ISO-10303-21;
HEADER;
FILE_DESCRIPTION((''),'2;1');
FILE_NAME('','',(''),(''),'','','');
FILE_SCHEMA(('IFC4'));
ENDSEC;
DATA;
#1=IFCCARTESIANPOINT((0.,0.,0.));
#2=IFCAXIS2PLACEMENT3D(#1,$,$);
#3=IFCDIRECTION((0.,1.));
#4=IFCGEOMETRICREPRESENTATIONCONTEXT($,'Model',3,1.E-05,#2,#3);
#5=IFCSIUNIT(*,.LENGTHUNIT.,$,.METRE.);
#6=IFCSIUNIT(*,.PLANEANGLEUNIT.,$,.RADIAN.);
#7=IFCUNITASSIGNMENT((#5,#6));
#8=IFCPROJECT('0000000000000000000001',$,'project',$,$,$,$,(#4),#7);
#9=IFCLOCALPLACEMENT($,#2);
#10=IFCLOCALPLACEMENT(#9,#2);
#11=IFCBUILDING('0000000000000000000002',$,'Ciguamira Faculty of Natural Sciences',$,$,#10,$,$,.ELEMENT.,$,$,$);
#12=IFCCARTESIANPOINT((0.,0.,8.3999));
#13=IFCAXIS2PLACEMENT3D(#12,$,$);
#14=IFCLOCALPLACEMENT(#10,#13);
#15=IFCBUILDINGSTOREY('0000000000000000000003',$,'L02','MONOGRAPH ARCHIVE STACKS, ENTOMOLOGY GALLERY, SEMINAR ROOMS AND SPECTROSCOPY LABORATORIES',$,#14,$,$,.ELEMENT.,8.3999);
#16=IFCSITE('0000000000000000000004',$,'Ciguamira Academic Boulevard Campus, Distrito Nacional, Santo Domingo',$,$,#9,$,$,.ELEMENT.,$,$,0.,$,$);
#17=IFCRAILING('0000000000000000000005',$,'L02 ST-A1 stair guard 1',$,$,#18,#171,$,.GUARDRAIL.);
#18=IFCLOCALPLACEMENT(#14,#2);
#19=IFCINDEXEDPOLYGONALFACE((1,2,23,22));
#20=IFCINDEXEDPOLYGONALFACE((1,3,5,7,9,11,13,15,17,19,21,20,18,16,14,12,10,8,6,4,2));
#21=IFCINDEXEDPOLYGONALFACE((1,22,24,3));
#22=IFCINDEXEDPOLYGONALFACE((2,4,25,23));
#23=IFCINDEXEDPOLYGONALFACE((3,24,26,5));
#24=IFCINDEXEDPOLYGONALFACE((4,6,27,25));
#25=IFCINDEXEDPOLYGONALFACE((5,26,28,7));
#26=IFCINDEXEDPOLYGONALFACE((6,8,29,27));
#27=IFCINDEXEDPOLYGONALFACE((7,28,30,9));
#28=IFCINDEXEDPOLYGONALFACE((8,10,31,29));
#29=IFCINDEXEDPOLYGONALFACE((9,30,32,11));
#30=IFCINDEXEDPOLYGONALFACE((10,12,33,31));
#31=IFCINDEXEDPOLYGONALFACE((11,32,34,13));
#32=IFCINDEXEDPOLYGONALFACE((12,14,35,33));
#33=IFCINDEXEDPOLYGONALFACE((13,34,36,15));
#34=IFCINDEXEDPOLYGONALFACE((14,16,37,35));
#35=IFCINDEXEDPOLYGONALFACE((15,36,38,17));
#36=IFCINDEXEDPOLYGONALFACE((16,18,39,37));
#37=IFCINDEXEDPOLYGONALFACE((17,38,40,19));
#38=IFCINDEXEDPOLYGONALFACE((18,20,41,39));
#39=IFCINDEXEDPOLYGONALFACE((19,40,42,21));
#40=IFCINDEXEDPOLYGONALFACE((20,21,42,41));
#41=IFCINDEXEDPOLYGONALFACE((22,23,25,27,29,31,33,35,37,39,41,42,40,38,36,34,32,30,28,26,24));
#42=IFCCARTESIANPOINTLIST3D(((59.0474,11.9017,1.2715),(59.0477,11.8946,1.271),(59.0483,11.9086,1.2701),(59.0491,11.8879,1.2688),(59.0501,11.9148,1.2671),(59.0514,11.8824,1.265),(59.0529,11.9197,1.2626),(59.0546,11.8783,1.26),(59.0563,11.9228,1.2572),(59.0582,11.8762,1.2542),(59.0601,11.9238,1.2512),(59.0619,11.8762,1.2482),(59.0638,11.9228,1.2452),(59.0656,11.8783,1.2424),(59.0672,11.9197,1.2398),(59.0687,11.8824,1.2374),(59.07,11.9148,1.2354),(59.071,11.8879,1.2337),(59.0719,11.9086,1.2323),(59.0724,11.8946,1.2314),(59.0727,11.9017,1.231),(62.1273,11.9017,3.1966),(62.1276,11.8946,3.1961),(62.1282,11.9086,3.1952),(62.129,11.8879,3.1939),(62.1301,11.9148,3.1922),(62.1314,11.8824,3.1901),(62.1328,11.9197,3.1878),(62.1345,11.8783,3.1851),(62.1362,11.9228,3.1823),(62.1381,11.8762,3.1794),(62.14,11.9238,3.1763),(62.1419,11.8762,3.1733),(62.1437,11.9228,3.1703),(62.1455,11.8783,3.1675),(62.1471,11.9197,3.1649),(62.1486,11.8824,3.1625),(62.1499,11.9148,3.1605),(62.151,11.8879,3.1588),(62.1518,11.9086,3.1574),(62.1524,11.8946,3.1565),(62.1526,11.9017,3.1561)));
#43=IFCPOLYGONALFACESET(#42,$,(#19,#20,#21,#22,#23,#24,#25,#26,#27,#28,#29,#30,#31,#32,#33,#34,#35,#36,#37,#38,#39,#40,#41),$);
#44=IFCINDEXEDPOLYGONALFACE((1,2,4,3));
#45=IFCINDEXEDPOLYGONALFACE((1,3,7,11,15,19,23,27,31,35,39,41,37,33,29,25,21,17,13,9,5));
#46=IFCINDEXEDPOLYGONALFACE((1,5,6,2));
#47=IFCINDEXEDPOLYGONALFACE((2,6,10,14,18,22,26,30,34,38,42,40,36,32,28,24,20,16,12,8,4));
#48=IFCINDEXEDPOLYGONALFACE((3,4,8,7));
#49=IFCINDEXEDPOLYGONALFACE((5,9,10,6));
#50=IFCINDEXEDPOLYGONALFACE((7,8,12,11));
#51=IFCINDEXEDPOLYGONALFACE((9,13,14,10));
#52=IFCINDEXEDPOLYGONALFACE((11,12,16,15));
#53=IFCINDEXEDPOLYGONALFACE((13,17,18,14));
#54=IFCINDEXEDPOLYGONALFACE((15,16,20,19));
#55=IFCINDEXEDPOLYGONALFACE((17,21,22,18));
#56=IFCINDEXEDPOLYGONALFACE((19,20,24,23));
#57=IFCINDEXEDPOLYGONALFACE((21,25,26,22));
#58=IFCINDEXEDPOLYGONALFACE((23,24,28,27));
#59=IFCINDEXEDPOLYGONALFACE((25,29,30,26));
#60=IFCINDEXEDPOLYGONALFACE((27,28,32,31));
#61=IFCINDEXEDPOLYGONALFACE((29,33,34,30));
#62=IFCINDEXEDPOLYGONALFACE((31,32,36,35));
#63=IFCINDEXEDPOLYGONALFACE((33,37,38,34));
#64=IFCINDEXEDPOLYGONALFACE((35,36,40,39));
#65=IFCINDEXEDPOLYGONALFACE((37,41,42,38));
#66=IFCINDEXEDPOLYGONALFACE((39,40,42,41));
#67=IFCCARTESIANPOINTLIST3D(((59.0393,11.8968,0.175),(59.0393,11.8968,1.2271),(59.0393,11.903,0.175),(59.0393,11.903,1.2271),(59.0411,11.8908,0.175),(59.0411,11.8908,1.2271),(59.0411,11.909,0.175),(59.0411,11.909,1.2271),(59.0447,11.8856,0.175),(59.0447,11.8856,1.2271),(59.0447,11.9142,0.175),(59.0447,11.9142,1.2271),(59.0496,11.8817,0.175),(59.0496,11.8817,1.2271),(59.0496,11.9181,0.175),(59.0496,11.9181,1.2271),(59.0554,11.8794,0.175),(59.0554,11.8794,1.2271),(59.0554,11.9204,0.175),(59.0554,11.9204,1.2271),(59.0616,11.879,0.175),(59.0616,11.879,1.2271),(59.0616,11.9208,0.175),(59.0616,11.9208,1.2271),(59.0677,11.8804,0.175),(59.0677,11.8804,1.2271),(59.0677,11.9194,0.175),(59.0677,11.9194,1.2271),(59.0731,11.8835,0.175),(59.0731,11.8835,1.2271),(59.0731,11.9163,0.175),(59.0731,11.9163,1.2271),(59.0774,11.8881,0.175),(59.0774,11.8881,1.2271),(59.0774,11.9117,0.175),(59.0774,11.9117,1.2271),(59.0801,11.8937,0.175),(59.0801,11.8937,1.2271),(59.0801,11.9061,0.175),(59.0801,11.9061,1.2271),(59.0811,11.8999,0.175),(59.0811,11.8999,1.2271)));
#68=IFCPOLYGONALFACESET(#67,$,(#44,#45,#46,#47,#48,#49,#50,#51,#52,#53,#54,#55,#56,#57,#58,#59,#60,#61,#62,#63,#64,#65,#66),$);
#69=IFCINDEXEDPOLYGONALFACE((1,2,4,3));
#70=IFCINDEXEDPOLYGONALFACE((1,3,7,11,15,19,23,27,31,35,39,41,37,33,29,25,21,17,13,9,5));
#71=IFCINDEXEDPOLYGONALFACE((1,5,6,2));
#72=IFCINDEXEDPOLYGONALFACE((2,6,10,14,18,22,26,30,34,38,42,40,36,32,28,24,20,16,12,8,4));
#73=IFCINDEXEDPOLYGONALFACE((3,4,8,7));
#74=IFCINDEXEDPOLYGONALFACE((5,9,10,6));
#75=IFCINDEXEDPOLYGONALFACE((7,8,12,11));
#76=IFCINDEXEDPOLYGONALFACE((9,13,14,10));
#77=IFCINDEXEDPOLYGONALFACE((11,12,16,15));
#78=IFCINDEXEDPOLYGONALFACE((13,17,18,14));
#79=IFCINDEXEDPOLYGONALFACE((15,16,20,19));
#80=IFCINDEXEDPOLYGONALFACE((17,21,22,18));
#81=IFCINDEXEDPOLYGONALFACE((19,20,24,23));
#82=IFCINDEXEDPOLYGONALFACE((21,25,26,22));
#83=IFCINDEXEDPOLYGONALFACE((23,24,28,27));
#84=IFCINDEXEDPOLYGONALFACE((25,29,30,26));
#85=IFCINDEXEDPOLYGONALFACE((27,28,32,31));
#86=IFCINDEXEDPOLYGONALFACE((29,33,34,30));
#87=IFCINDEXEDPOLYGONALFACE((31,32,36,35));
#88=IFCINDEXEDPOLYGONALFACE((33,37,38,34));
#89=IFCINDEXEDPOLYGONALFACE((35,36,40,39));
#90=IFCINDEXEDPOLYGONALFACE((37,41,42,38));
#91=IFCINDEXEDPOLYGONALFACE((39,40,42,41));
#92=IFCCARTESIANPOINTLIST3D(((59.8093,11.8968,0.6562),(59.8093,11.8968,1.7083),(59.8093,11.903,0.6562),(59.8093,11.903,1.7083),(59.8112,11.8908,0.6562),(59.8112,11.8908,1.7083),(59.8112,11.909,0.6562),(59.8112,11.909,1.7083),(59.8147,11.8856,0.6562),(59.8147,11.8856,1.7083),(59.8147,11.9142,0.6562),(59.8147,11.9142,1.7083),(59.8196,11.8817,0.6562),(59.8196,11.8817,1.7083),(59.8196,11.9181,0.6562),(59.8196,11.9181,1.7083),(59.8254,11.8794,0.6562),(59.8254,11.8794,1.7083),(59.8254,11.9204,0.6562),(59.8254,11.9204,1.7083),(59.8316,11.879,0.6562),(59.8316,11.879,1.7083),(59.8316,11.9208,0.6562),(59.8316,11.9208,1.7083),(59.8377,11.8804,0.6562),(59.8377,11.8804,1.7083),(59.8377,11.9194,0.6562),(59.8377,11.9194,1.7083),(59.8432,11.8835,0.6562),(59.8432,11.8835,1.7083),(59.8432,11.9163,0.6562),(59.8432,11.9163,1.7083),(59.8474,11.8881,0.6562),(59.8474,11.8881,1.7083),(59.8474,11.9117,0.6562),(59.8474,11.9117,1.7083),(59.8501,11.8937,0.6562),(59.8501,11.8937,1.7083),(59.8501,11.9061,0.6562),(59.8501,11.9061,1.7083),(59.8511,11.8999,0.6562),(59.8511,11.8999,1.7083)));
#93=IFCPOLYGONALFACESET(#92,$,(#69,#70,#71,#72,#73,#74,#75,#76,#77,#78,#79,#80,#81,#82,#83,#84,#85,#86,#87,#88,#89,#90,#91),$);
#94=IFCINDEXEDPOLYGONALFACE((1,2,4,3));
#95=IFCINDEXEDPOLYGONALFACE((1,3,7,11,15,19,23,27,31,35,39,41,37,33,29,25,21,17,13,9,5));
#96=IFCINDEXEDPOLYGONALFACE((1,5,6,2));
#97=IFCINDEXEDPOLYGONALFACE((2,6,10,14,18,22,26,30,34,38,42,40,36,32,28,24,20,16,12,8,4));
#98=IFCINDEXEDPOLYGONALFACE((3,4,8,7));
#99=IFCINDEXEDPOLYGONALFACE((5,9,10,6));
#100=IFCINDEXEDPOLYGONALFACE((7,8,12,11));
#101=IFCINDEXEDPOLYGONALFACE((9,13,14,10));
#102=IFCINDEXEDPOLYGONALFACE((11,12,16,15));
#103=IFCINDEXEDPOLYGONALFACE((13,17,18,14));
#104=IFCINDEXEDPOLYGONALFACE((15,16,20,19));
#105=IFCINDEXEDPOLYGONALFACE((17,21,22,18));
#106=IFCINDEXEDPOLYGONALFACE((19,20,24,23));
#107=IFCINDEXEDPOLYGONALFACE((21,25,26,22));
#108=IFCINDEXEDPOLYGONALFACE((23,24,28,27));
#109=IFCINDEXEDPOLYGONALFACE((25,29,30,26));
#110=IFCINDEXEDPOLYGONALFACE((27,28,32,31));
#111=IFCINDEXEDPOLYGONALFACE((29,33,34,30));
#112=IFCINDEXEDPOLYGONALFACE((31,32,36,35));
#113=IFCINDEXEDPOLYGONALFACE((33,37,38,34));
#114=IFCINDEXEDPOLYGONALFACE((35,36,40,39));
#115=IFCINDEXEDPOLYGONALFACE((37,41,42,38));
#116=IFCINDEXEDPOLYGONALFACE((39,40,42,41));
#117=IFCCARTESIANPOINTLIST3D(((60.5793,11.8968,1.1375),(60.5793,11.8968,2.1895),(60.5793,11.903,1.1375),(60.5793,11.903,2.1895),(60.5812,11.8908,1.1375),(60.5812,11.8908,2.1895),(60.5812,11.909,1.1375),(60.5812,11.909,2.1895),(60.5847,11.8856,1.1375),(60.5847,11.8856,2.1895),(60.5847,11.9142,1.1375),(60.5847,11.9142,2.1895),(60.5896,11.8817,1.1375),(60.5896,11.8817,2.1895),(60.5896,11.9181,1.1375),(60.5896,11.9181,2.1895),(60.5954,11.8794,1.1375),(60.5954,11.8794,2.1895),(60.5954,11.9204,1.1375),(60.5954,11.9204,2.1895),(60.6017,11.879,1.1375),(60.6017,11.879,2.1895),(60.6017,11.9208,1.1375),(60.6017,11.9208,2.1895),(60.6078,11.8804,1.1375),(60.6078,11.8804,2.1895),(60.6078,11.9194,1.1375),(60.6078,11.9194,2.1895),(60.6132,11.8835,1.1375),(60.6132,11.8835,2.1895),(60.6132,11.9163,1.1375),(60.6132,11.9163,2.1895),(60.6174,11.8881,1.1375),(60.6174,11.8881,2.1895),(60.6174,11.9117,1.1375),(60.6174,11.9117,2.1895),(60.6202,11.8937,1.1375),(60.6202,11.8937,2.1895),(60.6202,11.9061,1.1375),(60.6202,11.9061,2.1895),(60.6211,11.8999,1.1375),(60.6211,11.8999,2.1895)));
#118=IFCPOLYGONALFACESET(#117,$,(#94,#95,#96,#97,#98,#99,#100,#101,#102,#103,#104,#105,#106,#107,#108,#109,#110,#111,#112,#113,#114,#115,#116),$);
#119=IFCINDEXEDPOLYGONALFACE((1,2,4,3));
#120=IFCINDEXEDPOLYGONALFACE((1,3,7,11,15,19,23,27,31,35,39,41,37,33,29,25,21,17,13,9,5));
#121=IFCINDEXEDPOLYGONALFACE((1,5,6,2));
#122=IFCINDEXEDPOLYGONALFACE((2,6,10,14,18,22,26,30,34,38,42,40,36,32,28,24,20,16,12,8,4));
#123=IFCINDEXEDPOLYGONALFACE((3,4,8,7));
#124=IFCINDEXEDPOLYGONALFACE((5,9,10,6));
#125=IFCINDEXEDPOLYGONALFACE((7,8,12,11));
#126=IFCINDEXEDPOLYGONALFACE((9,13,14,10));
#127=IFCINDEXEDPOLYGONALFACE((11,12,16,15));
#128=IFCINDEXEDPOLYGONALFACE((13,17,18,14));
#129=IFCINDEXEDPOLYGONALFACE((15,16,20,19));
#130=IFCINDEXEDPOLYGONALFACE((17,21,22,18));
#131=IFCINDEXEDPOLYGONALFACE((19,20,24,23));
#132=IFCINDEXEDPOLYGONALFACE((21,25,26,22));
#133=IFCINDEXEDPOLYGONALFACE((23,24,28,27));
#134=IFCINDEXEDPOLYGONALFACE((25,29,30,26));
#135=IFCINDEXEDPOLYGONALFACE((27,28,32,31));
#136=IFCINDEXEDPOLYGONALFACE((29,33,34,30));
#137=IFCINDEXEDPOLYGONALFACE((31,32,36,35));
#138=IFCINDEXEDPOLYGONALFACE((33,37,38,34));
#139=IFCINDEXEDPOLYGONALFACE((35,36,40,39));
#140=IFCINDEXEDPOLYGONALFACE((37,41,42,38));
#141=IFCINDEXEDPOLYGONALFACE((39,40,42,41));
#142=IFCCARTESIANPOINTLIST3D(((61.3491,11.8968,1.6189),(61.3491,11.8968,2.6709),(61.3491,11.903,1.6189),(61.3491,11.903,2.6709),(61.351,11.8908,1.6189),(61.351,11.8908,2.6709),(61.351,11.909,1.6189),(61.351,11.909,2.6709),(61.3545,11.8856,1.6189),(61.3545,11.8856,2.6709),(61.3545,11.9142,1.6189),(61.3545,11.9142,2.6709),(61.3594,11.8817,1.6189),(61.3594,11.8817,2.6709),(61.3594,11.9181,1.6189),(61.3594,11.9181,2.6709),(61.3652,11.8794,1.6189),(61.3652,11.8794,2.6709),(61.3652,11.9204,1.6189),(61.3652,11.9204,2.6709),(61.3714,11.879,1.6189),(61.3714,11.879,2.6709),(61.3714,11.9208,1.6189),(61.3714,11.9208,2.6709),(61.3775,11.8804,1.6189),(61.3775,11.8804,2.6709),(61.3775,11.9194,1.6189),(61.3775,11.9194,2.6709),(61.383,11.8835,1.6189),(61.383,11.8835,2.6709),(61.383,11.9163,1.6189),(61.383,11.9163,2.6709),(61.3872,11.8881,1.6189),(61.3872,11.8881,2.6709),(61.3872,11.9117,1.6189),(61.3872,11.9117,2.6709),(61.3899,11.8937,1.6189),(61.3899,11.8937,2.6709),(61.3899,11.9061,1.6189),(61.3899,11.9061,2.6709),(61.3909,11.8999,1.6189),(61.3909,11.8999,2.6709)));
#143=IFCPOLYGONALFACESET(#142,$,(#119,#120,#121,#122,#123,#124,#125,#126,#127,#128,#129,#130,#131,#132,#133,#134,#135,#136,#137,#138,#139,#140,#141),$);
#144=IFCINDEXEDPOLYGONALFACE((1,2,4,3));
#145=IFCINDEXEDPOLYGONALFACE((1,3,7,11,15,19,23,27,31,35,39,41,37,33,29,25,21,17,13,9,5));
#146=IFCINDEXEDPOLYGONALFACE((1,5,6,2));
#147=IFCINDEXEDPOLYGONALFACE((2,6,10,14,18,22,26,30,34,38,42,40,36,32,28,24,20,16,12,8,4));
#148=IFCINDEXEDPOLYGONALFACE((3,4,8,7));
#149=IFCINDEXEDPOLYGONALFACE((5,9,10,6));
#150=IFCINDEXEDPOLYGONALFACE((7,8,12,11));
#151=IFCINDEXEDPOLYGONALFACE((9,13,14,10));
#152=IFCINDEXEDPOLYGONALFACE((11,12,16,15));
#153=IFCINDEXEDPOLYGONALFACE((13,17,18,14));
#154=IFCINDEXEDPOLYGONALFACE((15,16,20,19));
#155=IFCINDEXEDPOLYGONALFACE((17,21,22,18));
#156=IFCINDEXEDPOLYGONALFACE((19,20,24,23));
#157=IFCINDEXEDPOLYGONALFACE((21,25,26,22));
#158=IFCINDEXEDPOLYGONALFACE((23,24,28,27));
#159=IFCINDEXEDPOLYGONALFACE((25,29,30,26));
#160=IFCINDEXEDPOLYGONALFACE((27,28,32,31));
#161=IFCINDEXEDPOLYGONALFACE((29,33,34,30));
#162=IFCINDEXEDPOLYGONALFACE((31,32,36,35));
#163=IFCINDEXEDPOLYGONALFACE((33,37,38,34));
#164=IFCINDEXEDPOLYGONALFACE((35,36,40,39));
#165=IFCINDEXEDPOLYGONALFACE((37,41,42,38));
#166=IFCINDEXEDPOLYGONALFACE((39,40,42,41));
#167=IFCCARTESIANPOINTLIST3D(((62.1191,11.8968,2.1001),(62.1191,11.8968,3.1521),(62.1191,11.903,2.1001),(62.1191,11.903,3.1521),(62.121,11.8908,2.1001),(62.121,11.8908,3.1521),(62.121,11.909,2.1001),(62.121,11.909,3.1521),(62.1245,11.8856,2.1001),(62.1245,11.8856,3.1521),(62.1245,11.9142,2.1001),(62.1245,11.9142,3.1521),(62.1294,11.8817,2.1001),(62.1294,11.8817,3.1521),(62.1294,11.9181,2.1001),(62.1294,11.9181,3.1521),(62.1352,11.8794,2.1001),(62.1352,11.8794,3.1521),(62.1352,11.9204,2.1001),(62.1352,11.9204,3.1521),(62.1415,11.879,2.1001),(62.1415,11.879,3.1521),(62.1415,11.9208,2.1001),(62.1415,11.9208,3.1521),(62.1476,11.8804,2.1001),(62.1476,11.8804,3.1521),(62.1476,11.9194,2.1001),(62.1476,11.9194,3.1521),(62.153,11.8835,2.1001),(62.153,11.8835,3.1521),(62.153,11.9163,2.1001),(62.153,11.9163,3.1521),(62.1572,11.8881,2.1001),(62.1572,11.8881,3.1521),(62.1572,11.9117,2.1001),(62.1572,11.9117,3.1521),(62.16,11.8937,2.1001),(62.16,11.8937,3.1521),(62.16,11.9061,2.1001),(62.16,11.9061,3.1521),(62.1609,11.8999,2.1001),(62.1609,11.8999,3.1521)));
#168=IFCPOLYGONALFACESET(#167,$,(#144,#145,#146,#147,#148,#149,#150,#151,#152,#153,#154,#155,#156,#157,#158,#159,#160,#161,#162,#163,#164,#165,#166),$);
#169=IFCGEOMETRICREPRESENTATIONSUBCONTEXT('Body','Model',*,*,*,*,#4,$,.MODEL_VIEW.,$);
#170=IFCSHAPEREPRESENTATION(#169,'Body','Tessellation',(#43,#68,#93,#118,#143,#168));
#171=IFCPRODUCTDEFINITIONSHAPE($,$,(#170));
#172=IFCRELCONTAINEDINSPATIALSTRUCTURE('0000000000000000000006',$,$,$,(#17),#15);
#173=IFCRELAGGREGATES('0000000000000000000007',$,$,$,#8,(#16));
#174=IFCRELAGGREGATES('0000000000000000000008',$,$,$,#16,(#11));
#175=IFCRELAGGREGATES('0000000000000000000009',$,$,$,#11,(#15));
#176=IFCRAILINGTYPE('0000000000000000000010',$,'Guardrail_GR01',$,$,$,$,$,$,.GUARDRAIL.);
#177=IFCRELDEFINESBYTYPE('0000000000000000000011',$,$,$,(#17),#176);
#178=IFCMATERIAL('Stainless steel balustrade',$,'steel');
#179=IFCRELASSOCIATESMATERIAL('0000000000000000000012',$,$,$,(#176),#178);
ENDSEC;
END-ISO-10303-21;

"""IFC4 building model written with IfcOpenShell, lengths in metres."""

from ifc_helpers import new_model, si_unit, direction, frame, origin, origin_2d, place, context, subcontext, project, spatial, circle, extrude, material, type_object, element, save


model = new_model("IFC4")

# Units and contexts
model_context = context("Model", 3, precision=1e-05, world=origin(), true_north=direction((0.0, 1.0)))
body_context = subcontext(model_context, "Body", "Model", "MODEL_VIEW")
ifc_project = project(units=[si_unit("LENGTHUNIT", "METRE"), si_unit("PLANEANGLEUNIT", "RADIAN")], contexts=[model_context])

# Site, building, storey
site_placement = place(None, origin())
site = spatial("IfcSite", under=ifc_project, at=site_placement, Name="Ciguamira Academic Boulevard Campus, Distrito Nacional, Santo Domingo", CompositionType="ELEMENT", RefElevation=0.0)
building_placement = place(site_placement, origin())
building = spatial("IfcBuilding", under=site, at=building_placement, Name="Ciguamira Faculty of Natural Sciences", CompositionType="ELEMENT")
storey_placement = place(building_placement, frame((0.0, 0.0, 8.3999)))
storey = spatial("IfcBuildingStorey", under=building, at=storey_placement, Name="L02", Description="MONOGRAPH ARCHIVE STACKS, ENTOMOLOGY GALLERY, SEMINAR ROOMS AND SPECTROSCOPY LABORATORIES", CompositionType="ELEMENT", Elevation=8.3999)

# Railing
ifc_material_1 = material(Name="Stainless steel balustrade", Category="steel")
railing_type_1 = type_object("IfcRailingType", Name="Guardrail_GR01", PredefinedType="GUARDRAIL", material=ifc_material_1)
railing_1_placement = place(storey_placement, frame((59.0601, 11.8999, 0.175)))
element("IfcRailing", 1, at=railing_1_placement, inside=storey, type_object=railing_type_1, Name="L02 ST-A1 stair guard 1", PredefinedType="GUARDRAIL", context=body_context, shape_type="SweptSolid", body=[
    extrude(circle(Radius=0.0239, at=origin_2d()), frame((0.0, 0.0, 1.0762), z_axis=(0.847979, 0.0, 0.530029), x_axis=(0.0, 1.0, 0.0)), (0.0, 0.0, 1.0), 3.6321),
    extrude(circle(Radius=0.021, at=origin_2d()), origin(), (0.0, 0.0, 1.0), 1.052),
    extrude(circle(Radius=0.021, at=origin_2d()), frame((0.77, 0.0, 0.4812)), (0.0, 0.0, 1.0), 1.052),
    extrude(circle(Radius=0.021, at=origin_2d()), frame((1.54, 0.0, 0.9624)), (0.0, 0.0, 1.0), 1.052),
    extrude(circle(Radius=0.021, at=origin_2d()), frame((2.3098, 0.0, 1.4438)), (0.0, 0.0, 1.0), 1.052),
    extrude(circle(Radius=0.021, at=origin_2d()), frame((3.0798, 0.0, 1.925)), (0.0, 0.0, 1.0), 1.052),
])

save(model, "model.ifc")
